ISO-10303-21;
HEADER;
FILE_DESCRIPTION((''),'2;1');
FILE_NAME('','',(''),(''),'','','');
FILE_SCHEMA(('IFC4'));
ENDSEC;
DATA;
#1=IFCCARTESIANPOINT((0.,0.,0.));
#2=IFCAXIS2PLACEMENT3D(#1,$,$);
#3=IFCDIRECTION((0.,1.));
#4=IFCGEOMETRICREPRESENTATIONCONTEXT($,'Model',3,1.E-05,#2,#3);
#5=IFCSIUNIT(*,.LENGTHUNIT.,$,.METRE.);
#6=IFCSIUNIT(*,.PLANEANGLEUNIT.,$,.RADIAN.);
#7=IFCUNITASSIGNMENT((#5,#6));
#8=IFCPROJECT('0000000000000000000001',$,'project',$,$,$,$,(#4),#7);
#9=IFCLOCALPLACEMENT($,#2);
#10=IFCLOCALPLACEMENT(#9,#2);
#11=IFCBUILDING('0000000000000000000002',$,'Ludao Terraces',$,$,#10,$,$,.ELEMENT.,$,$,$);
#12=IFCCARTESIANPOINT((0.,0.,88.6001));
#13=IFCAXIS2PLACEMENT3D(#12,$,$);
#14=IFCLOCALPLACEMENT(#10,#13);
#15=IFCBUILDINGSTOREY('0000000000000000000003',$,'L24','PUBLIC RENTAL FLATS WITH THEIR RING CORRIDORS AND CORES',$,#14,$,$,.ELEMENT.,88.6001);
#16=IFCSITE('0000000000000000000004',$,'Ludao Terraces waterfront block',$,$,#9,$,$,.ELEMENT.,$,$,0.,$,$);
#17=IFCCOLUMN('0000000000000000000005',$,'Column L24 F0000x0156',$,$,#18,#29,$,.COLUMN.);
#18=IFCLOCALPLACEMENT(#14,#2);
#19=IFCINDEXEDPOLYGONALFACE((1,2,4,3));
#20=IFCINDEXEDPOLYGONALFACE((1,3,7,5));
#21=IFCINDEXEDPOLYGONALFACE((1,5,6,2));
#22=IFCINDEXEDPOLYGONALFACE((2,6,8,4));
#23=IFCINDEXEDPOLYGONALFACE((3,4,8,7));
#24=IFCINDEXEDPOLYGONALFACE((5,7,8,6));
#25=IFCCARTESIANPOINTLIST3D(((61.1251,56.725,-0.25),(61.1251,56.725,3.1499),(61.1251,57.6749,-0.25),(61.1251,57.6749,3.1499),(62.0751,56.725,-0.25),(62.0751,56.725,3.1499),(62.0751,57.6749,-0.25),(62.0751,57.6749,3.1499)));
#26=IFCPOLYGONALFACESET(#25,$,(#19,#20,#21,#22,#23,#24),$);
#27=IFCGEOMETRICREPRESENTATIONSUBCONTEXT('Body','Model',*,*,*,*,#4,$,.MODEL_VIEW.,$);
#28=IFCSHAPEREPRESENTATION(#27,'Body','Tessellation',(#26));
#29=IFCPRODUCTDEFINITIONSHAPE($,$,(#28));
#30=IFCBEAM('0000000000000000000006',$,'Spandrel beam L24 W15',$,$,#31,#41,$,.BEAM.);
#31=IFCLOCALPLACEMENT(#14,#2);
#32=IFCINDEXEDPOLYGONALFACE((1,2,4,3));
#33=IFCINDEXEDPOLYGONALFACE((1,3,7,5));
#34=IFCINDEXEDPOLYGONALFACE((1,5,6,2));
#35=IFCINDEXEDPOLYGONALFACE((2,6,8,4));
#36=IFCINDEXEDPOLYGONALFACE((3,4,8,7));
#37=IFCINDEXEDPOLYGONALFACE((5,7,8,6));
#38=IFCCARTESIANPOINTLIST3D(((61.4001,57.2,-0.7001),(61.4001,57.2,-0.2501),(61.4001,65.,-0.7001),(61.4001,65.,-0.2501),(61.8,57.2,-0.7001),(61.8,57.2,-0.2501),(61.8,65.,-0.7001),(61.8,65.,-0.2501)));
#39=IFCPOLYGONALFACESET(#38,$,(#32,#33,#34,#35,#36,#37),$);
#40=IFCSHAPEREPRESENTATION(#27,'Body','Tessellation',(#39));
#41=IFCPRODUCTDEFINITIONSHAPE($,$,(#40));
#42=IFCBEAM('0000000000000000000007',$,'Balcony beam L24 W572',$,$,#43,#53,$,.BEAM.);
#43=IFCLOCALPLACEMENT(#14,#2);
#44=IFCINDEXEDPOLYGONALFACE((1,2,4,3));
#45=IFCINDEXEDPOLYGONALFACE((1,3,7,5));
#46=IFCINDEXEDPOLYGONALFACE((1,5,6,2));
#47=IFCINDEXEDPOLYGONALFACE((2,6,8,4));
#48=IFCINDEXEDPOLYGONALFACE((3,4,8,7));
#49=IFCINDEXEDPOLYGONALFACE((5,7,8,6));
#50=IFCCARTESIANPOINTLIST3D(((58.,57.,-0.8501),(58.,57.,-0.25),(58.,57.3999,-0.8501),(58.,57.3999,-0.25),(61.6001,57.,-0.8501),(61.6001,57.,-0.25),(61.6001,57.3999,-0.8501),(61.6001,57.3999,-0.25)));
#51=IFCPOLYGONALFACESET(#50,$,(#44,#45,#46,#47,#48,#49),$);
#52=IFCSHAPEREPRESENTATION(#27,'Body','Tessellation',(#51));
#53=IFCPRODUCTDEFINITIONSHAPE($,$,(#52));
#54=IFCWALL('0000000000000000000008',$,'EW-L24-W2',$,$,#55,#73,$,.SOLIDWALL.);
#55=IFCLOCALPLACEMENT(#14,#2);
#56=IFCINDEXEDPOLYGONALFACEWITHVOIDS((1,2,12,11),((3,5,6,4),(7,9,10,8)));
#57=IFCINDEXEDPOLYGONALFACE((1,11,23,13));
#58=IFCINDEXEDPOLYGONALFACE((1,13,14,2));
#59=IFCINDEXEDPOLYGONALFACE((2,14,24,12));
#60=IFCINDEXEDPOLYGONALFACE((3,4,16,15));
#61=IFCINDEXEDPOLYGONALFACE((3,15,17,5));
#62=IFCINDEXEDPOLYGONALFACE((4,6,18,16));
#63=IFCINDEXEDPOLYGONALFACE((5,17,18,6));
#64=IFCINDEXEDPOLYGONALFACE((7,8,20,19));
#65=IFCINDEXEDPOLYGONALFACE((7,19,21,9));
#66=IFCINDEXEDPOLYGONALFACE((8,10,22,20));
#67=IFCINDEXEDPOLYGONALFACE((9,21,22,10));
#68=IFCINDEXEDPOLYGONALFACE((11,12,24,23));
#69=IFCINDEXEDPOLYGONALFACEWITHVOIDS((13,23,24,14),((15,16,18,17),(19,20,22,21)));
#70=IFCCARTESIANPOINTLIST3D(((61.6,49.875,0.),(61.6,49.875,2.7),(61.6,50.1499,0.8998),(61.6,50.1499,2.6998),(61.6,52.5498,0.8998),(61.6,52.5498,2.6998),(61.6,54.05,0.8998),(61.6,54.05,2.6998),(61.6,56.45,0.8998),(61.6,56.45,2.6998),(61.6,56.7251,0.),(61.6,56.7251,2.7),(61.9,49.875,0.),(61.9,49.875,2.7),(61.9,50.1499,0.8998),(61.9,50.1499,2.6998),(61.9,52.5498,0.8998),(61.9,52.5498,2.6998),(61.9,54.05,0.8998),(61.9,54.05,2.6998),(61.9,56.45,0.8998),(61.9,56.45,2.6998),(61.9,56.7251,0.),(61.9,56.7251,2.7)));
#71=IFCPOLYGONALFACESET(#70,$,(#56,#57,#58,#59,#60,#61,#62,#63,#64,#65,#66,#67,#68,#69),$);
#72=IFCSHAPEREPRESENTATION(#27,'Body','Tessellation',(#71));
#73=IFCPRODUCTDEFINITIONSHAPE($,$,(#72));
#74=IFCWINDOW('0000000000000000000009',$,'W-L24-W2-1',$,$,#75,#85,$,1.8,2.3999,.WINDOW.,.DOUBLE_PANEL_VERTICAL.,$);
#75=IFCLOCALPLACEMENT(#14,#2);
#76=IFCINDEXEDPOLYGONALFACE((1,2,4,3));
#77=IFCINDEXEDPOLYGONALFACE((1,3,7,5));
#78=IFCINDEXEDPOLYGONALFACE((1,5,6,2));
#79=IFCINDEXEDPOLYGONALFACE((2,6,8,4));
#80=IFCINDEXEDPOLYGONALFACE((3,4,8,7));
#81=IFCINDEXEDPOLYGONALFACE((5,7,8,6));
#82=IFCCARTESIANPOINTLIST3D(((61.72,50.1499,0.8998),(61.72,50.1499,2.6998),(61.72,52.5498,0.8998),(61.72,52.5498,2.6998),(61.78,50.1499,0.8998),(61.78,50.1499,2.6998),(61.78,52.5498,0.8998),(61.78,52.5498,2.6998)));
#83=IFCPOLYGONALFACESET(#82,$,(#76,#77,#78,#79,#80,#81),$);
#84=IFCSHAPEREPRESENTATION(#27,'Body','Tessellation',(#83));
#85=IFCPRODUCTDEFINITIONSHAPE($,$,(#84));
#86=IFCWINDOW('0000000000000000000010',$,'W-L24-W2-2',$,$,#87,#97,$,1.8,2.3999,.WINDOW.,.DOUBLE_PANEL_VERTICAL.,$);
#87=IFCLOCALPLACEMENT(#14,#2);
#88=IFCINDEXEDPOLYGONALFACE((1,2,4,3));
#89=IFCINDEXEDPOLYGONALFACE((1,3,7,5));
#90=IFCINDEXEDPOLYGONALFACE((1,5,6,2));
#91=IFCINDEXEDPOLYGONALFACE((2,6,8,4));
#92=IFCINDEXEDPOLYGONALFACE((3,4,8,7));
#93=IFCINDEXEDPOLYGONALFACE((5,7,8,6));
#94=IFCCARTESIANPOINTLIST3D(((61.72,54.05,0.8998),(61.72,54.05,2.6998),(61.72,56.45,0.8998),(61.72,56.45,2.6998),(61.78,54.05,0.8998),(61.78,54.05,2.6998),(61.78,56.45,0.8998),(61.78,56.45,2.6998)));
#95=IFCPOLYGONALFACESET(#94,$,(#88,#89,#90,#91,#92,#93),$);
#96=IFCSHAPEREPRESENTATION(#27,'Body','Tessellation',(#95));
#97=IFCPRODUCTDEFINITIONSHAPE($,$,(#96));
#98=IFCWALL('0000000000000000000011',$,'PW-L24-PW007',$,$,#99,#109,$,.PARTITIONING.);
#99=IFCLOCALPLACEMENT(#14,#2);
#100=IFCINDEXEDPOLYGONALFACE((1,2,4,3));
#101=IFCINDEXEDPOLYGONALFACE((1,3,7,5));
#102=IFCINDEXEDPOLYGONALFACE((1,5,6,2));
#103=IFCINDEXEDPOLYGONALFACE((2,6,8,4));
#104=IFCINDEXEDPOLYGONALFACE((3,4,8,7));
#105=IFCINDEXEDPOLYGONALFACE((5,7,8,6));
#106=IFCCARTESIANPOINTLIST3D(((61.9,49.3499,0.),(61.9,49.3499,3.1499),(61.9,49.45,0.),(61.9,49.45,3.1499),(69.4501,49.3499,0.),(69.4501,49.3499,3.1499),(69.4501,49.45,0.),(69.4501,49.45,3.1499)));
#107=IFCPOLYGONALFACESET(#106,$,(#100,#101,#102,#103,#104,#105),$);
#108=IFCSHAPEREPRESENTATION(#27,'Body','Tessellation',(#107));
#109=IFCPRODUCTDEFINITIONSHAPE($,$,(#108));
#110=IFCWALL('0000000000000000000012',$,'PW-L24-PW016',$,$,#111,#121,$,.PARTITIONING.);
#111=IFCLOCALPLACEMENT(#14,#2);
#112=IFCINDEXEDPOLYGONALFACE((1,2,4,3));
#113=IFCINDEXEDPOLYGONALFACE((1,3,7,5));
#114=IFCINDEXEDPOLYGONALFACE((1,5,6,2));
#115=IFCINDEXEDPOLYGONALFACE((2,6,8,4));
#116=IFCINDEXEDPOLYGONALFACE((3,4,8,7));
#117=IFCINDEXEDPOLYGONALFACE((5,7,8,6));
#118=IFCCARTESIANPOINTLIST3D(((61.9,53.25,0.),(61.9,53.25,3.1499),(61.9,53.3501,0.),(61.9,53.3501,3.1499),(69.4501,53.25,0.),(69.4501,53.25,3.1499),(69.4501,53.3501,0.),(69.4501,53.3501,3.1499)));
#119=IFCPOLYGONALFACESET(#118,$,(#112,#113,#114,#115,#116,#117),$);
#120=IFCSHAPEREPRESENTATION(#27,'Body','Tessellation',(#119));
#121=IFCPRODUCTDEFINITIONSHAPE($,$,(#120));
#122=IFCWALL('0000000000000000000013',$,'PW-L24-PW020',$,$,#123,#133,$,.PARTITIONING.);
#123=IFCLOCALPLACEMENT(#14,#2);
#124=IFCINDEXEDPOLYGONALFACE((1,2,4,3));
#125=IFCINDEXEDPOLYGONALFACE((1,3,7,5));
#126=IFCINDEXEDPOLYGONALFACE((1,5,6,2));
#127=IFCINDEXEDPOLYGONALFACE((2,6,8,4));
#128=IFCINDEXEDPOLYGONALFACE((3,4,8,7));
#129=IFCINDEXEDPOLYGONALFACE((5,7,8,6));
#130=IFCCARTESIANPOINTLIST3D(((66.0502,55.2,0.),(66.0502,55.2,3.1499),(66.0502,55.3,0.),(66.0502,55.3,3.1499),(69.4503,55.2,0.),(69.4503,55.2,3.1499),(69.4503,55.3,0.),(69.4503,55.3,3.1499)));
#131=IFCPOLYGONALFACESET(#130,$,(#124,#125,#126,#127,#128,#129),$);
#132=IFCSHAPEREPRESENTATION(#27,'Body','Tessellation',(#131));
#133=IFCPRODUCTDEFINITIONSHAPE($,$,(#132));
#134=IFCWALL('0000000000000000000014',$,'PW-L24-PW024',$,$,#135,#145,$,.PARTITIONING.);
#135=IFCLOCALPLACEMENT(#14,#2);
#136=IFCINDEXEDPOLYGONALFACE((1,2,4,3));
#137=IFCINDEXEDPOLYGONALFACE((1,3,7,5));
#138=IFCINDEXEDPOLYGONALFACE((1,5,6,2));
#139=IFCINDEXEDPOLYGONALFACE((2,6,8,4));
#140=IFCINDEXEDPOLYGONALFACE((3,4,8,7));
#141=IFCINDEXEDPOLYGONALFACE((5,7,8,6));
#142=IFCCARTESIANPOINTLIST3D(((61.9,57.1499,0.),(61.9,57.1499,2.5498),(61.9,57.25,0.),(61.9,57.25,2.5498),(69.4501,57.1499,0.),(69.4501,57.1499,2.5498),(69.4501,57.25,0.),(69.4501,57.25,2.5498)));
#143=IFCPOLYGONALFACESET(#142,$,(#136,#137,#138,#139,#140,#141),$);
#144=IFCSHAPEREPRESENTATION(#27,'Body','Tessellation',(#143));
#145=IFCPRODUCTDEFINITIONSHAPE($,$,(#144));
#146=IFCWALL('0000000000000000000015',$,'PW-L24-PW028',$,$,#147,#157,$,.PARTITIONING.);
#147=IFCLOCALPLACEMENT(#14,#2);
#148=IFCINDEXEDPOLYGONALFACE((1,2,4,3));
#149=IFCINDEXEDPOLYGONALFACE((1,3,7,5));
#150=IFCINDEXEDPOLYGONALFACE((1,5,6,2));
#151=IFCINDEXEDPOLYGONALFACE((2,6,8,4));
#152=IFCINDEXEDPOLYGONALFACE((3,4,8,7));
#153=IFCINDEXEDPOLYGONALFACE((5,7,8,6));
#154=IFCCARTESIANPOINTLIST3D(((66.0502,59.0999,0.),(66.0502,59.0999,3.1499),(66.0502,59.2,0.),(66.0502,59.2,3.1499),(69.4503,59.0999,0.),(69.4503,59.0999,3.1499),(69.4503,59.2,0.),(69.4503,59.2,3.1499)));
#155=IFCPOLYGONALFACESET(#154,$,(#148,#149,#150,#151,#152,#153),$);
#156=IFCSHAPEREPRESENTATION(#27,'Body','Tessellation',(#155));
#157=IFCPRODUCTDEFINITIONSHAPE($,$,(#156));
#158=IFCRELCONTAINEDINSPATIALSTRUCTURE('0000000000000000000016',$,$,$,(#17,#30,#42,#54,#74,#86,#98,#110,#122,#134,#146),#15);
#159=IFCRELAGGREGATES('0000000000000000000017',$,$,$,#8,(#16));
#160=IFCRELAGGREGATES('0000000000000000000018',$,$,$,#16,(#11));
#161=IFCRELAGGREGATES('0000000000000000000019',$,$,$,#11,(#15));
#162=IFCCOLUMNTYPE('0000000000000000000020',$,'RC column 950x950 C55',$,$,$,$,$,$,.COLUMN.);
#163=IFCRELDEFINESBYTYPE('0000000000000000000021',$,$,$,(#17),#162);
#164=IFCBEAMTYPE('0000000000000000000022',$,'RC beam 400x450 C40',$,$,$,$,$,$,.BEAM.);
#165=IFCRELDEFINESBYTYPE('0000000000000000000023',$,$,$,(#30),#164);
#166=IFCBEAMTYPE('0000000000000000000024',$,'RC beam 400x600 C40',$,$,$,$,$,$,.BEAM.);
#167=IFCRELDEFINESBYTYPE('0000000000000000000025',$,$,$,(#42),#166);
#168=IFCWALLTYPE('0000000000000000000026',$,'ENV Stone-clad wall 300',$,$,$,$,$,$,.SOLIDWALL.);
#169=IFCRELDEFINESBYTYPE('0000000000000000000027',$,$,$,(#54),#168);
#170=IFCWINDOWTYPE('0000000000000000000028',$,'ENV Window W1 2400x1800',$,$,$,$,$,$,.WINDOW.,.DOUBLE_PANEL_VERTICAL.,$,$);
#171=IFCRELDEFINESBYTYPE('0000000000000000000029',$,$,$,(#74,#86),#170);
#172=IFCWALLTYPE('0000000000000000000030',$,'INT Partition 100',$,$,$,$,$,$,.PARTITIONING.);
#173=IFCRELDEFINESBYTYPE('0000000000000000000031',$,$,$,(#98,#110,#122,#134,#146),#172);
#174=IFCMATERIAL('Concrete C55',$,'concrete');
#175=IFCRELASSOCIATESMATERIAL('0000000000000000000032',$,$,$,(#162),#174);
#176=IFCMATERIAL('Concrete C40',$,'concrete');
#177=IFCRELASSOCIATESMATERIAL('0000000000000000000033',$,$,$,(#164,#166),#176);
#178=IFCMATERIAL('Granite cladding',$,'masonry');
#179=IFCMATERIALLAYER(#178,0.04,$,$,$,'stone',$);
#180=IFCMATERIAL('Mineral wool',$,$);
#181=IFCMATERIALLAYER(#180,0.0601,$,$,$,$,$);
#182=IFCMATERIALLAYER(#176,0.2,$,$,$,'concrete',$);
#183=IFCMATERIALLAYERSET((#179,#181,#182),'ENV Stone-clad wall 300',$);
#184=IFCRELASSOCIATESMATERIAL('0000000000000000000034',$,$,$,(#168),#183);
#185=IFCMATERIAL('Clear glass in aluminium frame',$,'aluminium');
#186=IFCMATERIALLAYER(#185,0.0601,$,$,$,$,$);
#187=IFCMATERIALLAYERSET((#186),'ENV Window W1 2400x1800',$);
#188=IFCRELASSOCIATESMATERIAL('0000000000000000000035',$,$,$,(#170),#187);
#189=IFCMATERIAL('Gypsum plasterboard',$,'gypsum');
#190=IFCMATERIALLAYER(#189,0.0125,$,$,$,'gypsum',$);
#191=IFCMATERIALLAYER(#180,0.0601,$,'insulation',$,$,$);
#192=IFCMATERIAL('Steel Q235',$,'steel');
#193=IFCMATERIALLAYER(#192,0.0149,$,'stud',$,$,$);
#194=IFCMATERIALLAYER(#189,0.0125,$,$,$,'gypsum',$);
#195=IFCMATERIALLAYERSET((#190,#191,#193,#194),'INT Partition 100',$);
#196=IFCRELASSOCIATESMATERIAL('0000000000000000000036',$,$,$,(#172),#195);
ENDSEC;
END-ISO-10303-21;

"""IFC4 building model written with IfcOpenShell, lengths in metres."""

from ifc_helpers import new_model, si_unit, direction, frame, frame_2d, origin, origin_2d, place, context, subcontext, project, spatial, rectangle, extrude, material, layer, layer_set, material_profile, profile_set, type_object, element, fill, save


model = new_model("IFC4")

# Units and contexts
model_context = context("Model", 3, precision=1e-05, world=origin(), true_north=direction((0.0, 1.0)))
body_context = subcontext(model_context, "Body", "Model", "MODEL_VIEW")
ifc_project = project(units=[si_unit("LENGTHUNIT", "METRE"), si_unit("PLANEANGLEUNIT", "RADIAN")], contexts=[model_context])

# Site, building, storey
site_placement = place(None, origin())
site = spatial("IfcSite", under=ifc_project, at=site_placement, Name="Ludao Terraces waterfront block", CompositionType="ELEMENT", RefElevation=0.0)
building_placement = place(site_placement, origin())
building = spatial("IfcBuilding", under=site, at=building_placement, Name="Ludao Terraces", CompositionType="ELEMENT")
storey_placement = place(building_placement, frame((0.0, 0.0, 88.6001)))
storey = spatial("IfcBuildingStorey", under=building, at=storey_placement, Name="L24", Description="PUBLIC RENTAL FLATS WITH THEIR RING CORRIDORS AND CORES", CompositionType="ELEMENT", Elevation=88.6001)

# Column
ifc_material_1 = material(Name="Concrete C55", Category="concrete")
ifc_material_profile_1 = material_profile(ifc_material_1, rectangle(XDim=0.95, YDim=0.95, at=origin_2d()), Name="950 X 950")
ifc_profile_set_1 = profile_set([ifc_material_profile_1], Name="Concrete C55")
column_type = type_object("IfcColumnType", Name="RC column 950x950 C55", PredefinedType="COLUMN", material=ifc_profile_set_1)
column_placement = place(storey_placement, frame((61.6001, 57.2, -0.25), z_axis=(0.0, 0.0, 1.0), x_axis=(1.0, 0.0, 0.0)))
element("IfcColumn", 1, at=column_placement, inside=storey, type_object=column_type, Name="Column L24 F0000x0156", PredefinedType="COLUMN", context=body_context, shape_type="SweptSolid", body=[
    extrude(rectangle(XDim=0.95, YDim=0.95, at=origin_2d()), origin(), (0.0, 0.0, 1.0), 3.3999),
])

# Beams
ifc_material_2 = material(Name="Concrete C40", Category="concrete")
ifc_material_profile_2 = material_profile(ifc_material_2, rectangle(XDim=0.3999, YDim=0.45, at=origin_2d()), Name="400 X 450")
ifc_profile_set_2 = profile_set([ifc_material_profile_2], Name="Concrete C40")
beam_type_1 = type_object("IfcBeamType", Name="RC beam 400x450 C40", PredefinedType="BEAM", material=ifc_profile_set_2)
beam_1_placement = place(storey_placement, frame((61.6001, 57.2, -0.4751), z_axis=(0.0, 1.0, 0.0), x_axis=(-1.0, 0.0, 0.0)))
element("IfcBeam", 2, at=beam_1_placement, inside=storey, type_object=beam_type_1, Name="Spandrel beam L24 W15", PredefinedType="BEAM", context=body_context, shape_type="SweptSolid", body=[
    extrude(rectangle(XDim=0.3999, YDim=0.45, at=origin_2d()), origin(), (0.0, 0.0, 1.0), 7.8),
])
ifc_material_profile_3 = material_profile(ifc_material_2, rectangle(XDim=0.3999, YDim=0.6001, at=origin_2d()), Name="400 X 600")
ifc_profile_set_3 = profile_set([ifc_material_profile_3], Name="Concrete C40")
beam_type_2 = type_object("IfcBeamType", Name="RC beam 400x600 C40", PredefinedType="BEAM", material=ifc_profile_set_3)
beam_2_placement = place(storey_placement, frame((61.6001, 57.2, -0.55), z_axis=(-1.0, 0.0, 0.0), x_axis=(0.0, -1.0, 0.0)))
element("IfcBeam", 3, at=beam_2_placement, inside=storey, type_object=beam_type_2, Name="Balcony beam L24 W572", PredefinedType="BEAM", context=body_context, shape_type="SweptSolid", body=[
    extrude(rectangle(XDim=0.3999, YDim=0.6001, at=origin_2d()), origin(), (0.0, 0.0, 1.0), 3.6001),
])

# Wall, openings, windows
ifc_material_3 = material(Name="Granite cladding", Category="masonry")
ifc_layer_1 = layer(ifc_material_3, 0.04, Category="stone")
ifc_material_4 = material(Name="Mineral wool")
ifc_layer_2 = layer(ifc_material_4, 0.0601)
ifc_layer_3 = layer(ifc_material_2, 0.2, Category="concrete")
ifc_layer_set_1 = layer_set([ifc_layer_1, ifc_layer_2, ifc_layer_3], Name="ENV Stone-clad wall 300")
wall_type_1 = type_object("IfcWallType", Name="ENV Stone-clad wall 300", PredefinedType="SOLIDWALL", material=ifc_layer_set_1)
wall_1_placement = place(storey_placement, frame((61.75, 49.875, 0.0), z_axis=(0.0, 0.0, 1.0), x_axis=(0.0, 1.0, 0.0)))
wall_1 = element("IfcWall", 4, at=wall_1_placement, inside=storey, type_object=wall_type_1, Name="EW-L24-W2", PredefinedType="SOLIDWALL", context=body_context, shape_type="SweptSolid", body=[
    extrude(rectangle(XDim=6.8501, YDim=0.3, at=frame_2d((3.425, 0.0))), origin(), (0.0, 0.0, 1.0), 2.7),
])
opening_1_placement = place(wall_1_placement, frame((0.2749, 0.0, 0.8999)))
opening_1 = element("IfcOpeningElement", 5, at=opening_1_placement, cuts=wall_1, PredefinedType="OPENING", context=body_context, shape_type="SweptSolid", body=[
    extrude(rectangle(XDim=2.3999, YDim=1.8, at=frame_2d((1.2, 0.8999))), frame((0.0, 0.1602, 0.0), z_axis=(0.0, -1.0, 0.0), x_axis=(1.0, 0.0, 0.0)), (0.0, 0.0, 1.0), 0.3201),
])
opening_2_placement = place(wall_1_placement, frame((4.175, 0.0, 0.8999)))
opening_2 = element("IfcOpeningElement", 6, at=opening_2_placement, cuts=wall_1, PredefinedType="OPENING", context=body_context, shape_type="SweptSolid", body=[
    extrude(rectangle(XDim=2.3999, YDim=1.8, at=frame_2d((1.2, 0.8999))), frame((0.0, 0.1602, 0.0), z_axis=(0.0, -1.0, 0.0), x_axis=(1.0, 0.0, 0.0)), (0.0, 0.0, 1.0), 0.3201),
])
ifc_material_5 = material(Name="Clear glass in aluminium frame", Category="aluminium")
ifc_layer_4 = layer(ifc_material_5, 0.0601)
ifc_layer_set_2 = layer_set([ifc_layer_4], Name="ENV Window W1 2400x1800")
window_type = type_object("IfcWindowType", Name="ENV Window W1 2400x1800", PartitioningType="DOUBLE_PANEL_VERTICAL", PredefinedType="WINDOW", material=ifc_layer_set_2)
window_1_placement = place(opening_1_placement, origin())
window_1 = element("IfcWindow", 7, at=window_1_placement, inside=storey, type_object=window_type, Name="W-L24-W2-1", OverallHeight=1.8, OverallWidth=2.3999, PartitioningType="DOUBLE_PANEL_VERTICAL", PredefinedType="WINDOW", context=body_context, shape_type="SweptSolid", body=[
    extrude(rectangle(XDim=2.3999, YDim=1.8, at=frame_2d((1.2, 0.8999))), frame((0.0, 0.03, 0.0), z_axis=(0.0, -1.0, 0.0), x_axis=(1.0, 0.0, 0.0)), (0.0, 0.0, 1.0), 0.0601),
])
fill(opening_1, window_1)
window_2_placement = place(opening_2_placement, origin())
window_2 = element("IfcWindow", 8, at=window_2_placement, inside=storey, type_object=window_type, Name="W-L24-W2-2", OverallHeight=1.8, OverallWidth=2.3999, PartitioningType="DOUBLE_PANEL_VERTICAL", PredefinedType="WINDOW", context=body_context, shape_type="SweptSolid", body=[
    extrude(rectangle(XDim=2.3999, YDim=1.8, at=frame_2d((1.2, 0.8999))), frame((0.0, 0.03, 0.0), z_axis=(0.0, -1.0, 0.0), x_axis=(1.0, 0.0, 0.0)), (0.0, 0.0, 1.0), 0.0601),
])
fill(opening_2, window_2)

# Walls
ifc_material_6 = material(Name="Gypsum plasterboard", Category="gypsum")
ifc_layer_5 = layer(ifc_material_6, 0.0125, Category="gypsum")
ifc_layer_6 = layer(ifc_material_4, 0.0601, Name="insulation")
ifc_material_7 = material(Name="Steel Q235", Category="steel")
ifc_layer_7 = layer(ifc_material_7, 0.0149, Name="stud")
ifc_layer_8 = layer(ifc_material_6, 0.0125, Category="gypsum")
ifc_layer_set_3 = layer_set([ifc_layer_5, ifc_layer_6, ifc_layer_7, ifc_layer_8], Name="INT Partition 100")
wall_type_2 = type_object("IfcWallType", Name="INT Partition 100", PredefinedType="PARTITIONING", material=ifc_layer_set_3)
for number, where, z_axis, x_axis, name in (
    (9, (61.9001, 49.3999, 0.0), (0.0, 0.0, 1.0), (1.0, 0.0, 0.0), "PW-L24-PW007"),
    (10, (61.9001, 53.3, 0.0), (0.0, 0.0, 1.0), (1.0, 0.0, 0.0), "PW-L24-PW016"),
):
    element("IfcWall", number, at=place(storey_placement, frame(where, z_axis=z_axis, x_axis=x_axis)), inside=storey, type_object=wall_type_2, Name=name, PredefinedType="PARTITIONING", context=body_context, shape_type="SweptSolid", body=[
        extrude(rectangle(XDim=7.55, YDim=0.1001, at=frame_2d((3.7749, 0.0))), origin(), (0.0, 0.0, 1.0), 3.1499),
    ])
wall_2_placement = place(storey_placement, frame((66.05, 55.25, 0.0), z_axis=(0.0, 0.0, 1.0), x_axis=(1.0, 0.0, 0.0)))
element("IfcWall", 11, at=wall_2_placement, inside=storey, type_object=wall_type_2, Name="PW-L24-PW020", PredefinedType="PARTITIONING", context=body_context, shape_type="SweptSolid", body=[
    extrude(rectangle(XDim=3.4001, YDim=0.1001, at=frame_2d((1.7002, 0.0))), origin(), (0.0, 0.0, 1.0), 3.1499),
])
wall_3_placement = place(storey_placement, frame((61.9001, 57.2, 0.0), z_axis=(0.0, 0.0, 1.0), x_axis=(1.0, 0.0, 0.0)))
element("IfcWall", 12, at=wall_3_placement, inside=storey, type_object=wall_type_2, Name="PW-L24-PW024", PredefinedType="PARTITIONING", context=body_context, shape_type="SweptSolid", body=[
    extrude(rectangle(XDim=7.55, YDim=0.1001, at=frame_2d((3.7749, 0.0))), origin(), (0.0, 0.0, 1.0), 2.5498),
])
wall_4_placement = place(storey_placement, frame((66.05, 59.1499, 0.0), z_axis=(0.0, 0.0, 1.0), x_axis=(1.0, 0.0, 0.0)))
element("IfcWall", 13, at=wall_4_placement, inside=storey, type_object=wall_type_2, Name="PW-L24-PW028", PredefinedType="PARTITIONING", context=body_context, shape_type="SweptSolid", body=[
    extrude(rectangle(XDim=3.4001, YDim=0.1001, at=frame_2d((1.7002, 0.0))), origin(), (0.0, 0.0, 1.0), 3.1499),
])

save(model, "model.ifc")
